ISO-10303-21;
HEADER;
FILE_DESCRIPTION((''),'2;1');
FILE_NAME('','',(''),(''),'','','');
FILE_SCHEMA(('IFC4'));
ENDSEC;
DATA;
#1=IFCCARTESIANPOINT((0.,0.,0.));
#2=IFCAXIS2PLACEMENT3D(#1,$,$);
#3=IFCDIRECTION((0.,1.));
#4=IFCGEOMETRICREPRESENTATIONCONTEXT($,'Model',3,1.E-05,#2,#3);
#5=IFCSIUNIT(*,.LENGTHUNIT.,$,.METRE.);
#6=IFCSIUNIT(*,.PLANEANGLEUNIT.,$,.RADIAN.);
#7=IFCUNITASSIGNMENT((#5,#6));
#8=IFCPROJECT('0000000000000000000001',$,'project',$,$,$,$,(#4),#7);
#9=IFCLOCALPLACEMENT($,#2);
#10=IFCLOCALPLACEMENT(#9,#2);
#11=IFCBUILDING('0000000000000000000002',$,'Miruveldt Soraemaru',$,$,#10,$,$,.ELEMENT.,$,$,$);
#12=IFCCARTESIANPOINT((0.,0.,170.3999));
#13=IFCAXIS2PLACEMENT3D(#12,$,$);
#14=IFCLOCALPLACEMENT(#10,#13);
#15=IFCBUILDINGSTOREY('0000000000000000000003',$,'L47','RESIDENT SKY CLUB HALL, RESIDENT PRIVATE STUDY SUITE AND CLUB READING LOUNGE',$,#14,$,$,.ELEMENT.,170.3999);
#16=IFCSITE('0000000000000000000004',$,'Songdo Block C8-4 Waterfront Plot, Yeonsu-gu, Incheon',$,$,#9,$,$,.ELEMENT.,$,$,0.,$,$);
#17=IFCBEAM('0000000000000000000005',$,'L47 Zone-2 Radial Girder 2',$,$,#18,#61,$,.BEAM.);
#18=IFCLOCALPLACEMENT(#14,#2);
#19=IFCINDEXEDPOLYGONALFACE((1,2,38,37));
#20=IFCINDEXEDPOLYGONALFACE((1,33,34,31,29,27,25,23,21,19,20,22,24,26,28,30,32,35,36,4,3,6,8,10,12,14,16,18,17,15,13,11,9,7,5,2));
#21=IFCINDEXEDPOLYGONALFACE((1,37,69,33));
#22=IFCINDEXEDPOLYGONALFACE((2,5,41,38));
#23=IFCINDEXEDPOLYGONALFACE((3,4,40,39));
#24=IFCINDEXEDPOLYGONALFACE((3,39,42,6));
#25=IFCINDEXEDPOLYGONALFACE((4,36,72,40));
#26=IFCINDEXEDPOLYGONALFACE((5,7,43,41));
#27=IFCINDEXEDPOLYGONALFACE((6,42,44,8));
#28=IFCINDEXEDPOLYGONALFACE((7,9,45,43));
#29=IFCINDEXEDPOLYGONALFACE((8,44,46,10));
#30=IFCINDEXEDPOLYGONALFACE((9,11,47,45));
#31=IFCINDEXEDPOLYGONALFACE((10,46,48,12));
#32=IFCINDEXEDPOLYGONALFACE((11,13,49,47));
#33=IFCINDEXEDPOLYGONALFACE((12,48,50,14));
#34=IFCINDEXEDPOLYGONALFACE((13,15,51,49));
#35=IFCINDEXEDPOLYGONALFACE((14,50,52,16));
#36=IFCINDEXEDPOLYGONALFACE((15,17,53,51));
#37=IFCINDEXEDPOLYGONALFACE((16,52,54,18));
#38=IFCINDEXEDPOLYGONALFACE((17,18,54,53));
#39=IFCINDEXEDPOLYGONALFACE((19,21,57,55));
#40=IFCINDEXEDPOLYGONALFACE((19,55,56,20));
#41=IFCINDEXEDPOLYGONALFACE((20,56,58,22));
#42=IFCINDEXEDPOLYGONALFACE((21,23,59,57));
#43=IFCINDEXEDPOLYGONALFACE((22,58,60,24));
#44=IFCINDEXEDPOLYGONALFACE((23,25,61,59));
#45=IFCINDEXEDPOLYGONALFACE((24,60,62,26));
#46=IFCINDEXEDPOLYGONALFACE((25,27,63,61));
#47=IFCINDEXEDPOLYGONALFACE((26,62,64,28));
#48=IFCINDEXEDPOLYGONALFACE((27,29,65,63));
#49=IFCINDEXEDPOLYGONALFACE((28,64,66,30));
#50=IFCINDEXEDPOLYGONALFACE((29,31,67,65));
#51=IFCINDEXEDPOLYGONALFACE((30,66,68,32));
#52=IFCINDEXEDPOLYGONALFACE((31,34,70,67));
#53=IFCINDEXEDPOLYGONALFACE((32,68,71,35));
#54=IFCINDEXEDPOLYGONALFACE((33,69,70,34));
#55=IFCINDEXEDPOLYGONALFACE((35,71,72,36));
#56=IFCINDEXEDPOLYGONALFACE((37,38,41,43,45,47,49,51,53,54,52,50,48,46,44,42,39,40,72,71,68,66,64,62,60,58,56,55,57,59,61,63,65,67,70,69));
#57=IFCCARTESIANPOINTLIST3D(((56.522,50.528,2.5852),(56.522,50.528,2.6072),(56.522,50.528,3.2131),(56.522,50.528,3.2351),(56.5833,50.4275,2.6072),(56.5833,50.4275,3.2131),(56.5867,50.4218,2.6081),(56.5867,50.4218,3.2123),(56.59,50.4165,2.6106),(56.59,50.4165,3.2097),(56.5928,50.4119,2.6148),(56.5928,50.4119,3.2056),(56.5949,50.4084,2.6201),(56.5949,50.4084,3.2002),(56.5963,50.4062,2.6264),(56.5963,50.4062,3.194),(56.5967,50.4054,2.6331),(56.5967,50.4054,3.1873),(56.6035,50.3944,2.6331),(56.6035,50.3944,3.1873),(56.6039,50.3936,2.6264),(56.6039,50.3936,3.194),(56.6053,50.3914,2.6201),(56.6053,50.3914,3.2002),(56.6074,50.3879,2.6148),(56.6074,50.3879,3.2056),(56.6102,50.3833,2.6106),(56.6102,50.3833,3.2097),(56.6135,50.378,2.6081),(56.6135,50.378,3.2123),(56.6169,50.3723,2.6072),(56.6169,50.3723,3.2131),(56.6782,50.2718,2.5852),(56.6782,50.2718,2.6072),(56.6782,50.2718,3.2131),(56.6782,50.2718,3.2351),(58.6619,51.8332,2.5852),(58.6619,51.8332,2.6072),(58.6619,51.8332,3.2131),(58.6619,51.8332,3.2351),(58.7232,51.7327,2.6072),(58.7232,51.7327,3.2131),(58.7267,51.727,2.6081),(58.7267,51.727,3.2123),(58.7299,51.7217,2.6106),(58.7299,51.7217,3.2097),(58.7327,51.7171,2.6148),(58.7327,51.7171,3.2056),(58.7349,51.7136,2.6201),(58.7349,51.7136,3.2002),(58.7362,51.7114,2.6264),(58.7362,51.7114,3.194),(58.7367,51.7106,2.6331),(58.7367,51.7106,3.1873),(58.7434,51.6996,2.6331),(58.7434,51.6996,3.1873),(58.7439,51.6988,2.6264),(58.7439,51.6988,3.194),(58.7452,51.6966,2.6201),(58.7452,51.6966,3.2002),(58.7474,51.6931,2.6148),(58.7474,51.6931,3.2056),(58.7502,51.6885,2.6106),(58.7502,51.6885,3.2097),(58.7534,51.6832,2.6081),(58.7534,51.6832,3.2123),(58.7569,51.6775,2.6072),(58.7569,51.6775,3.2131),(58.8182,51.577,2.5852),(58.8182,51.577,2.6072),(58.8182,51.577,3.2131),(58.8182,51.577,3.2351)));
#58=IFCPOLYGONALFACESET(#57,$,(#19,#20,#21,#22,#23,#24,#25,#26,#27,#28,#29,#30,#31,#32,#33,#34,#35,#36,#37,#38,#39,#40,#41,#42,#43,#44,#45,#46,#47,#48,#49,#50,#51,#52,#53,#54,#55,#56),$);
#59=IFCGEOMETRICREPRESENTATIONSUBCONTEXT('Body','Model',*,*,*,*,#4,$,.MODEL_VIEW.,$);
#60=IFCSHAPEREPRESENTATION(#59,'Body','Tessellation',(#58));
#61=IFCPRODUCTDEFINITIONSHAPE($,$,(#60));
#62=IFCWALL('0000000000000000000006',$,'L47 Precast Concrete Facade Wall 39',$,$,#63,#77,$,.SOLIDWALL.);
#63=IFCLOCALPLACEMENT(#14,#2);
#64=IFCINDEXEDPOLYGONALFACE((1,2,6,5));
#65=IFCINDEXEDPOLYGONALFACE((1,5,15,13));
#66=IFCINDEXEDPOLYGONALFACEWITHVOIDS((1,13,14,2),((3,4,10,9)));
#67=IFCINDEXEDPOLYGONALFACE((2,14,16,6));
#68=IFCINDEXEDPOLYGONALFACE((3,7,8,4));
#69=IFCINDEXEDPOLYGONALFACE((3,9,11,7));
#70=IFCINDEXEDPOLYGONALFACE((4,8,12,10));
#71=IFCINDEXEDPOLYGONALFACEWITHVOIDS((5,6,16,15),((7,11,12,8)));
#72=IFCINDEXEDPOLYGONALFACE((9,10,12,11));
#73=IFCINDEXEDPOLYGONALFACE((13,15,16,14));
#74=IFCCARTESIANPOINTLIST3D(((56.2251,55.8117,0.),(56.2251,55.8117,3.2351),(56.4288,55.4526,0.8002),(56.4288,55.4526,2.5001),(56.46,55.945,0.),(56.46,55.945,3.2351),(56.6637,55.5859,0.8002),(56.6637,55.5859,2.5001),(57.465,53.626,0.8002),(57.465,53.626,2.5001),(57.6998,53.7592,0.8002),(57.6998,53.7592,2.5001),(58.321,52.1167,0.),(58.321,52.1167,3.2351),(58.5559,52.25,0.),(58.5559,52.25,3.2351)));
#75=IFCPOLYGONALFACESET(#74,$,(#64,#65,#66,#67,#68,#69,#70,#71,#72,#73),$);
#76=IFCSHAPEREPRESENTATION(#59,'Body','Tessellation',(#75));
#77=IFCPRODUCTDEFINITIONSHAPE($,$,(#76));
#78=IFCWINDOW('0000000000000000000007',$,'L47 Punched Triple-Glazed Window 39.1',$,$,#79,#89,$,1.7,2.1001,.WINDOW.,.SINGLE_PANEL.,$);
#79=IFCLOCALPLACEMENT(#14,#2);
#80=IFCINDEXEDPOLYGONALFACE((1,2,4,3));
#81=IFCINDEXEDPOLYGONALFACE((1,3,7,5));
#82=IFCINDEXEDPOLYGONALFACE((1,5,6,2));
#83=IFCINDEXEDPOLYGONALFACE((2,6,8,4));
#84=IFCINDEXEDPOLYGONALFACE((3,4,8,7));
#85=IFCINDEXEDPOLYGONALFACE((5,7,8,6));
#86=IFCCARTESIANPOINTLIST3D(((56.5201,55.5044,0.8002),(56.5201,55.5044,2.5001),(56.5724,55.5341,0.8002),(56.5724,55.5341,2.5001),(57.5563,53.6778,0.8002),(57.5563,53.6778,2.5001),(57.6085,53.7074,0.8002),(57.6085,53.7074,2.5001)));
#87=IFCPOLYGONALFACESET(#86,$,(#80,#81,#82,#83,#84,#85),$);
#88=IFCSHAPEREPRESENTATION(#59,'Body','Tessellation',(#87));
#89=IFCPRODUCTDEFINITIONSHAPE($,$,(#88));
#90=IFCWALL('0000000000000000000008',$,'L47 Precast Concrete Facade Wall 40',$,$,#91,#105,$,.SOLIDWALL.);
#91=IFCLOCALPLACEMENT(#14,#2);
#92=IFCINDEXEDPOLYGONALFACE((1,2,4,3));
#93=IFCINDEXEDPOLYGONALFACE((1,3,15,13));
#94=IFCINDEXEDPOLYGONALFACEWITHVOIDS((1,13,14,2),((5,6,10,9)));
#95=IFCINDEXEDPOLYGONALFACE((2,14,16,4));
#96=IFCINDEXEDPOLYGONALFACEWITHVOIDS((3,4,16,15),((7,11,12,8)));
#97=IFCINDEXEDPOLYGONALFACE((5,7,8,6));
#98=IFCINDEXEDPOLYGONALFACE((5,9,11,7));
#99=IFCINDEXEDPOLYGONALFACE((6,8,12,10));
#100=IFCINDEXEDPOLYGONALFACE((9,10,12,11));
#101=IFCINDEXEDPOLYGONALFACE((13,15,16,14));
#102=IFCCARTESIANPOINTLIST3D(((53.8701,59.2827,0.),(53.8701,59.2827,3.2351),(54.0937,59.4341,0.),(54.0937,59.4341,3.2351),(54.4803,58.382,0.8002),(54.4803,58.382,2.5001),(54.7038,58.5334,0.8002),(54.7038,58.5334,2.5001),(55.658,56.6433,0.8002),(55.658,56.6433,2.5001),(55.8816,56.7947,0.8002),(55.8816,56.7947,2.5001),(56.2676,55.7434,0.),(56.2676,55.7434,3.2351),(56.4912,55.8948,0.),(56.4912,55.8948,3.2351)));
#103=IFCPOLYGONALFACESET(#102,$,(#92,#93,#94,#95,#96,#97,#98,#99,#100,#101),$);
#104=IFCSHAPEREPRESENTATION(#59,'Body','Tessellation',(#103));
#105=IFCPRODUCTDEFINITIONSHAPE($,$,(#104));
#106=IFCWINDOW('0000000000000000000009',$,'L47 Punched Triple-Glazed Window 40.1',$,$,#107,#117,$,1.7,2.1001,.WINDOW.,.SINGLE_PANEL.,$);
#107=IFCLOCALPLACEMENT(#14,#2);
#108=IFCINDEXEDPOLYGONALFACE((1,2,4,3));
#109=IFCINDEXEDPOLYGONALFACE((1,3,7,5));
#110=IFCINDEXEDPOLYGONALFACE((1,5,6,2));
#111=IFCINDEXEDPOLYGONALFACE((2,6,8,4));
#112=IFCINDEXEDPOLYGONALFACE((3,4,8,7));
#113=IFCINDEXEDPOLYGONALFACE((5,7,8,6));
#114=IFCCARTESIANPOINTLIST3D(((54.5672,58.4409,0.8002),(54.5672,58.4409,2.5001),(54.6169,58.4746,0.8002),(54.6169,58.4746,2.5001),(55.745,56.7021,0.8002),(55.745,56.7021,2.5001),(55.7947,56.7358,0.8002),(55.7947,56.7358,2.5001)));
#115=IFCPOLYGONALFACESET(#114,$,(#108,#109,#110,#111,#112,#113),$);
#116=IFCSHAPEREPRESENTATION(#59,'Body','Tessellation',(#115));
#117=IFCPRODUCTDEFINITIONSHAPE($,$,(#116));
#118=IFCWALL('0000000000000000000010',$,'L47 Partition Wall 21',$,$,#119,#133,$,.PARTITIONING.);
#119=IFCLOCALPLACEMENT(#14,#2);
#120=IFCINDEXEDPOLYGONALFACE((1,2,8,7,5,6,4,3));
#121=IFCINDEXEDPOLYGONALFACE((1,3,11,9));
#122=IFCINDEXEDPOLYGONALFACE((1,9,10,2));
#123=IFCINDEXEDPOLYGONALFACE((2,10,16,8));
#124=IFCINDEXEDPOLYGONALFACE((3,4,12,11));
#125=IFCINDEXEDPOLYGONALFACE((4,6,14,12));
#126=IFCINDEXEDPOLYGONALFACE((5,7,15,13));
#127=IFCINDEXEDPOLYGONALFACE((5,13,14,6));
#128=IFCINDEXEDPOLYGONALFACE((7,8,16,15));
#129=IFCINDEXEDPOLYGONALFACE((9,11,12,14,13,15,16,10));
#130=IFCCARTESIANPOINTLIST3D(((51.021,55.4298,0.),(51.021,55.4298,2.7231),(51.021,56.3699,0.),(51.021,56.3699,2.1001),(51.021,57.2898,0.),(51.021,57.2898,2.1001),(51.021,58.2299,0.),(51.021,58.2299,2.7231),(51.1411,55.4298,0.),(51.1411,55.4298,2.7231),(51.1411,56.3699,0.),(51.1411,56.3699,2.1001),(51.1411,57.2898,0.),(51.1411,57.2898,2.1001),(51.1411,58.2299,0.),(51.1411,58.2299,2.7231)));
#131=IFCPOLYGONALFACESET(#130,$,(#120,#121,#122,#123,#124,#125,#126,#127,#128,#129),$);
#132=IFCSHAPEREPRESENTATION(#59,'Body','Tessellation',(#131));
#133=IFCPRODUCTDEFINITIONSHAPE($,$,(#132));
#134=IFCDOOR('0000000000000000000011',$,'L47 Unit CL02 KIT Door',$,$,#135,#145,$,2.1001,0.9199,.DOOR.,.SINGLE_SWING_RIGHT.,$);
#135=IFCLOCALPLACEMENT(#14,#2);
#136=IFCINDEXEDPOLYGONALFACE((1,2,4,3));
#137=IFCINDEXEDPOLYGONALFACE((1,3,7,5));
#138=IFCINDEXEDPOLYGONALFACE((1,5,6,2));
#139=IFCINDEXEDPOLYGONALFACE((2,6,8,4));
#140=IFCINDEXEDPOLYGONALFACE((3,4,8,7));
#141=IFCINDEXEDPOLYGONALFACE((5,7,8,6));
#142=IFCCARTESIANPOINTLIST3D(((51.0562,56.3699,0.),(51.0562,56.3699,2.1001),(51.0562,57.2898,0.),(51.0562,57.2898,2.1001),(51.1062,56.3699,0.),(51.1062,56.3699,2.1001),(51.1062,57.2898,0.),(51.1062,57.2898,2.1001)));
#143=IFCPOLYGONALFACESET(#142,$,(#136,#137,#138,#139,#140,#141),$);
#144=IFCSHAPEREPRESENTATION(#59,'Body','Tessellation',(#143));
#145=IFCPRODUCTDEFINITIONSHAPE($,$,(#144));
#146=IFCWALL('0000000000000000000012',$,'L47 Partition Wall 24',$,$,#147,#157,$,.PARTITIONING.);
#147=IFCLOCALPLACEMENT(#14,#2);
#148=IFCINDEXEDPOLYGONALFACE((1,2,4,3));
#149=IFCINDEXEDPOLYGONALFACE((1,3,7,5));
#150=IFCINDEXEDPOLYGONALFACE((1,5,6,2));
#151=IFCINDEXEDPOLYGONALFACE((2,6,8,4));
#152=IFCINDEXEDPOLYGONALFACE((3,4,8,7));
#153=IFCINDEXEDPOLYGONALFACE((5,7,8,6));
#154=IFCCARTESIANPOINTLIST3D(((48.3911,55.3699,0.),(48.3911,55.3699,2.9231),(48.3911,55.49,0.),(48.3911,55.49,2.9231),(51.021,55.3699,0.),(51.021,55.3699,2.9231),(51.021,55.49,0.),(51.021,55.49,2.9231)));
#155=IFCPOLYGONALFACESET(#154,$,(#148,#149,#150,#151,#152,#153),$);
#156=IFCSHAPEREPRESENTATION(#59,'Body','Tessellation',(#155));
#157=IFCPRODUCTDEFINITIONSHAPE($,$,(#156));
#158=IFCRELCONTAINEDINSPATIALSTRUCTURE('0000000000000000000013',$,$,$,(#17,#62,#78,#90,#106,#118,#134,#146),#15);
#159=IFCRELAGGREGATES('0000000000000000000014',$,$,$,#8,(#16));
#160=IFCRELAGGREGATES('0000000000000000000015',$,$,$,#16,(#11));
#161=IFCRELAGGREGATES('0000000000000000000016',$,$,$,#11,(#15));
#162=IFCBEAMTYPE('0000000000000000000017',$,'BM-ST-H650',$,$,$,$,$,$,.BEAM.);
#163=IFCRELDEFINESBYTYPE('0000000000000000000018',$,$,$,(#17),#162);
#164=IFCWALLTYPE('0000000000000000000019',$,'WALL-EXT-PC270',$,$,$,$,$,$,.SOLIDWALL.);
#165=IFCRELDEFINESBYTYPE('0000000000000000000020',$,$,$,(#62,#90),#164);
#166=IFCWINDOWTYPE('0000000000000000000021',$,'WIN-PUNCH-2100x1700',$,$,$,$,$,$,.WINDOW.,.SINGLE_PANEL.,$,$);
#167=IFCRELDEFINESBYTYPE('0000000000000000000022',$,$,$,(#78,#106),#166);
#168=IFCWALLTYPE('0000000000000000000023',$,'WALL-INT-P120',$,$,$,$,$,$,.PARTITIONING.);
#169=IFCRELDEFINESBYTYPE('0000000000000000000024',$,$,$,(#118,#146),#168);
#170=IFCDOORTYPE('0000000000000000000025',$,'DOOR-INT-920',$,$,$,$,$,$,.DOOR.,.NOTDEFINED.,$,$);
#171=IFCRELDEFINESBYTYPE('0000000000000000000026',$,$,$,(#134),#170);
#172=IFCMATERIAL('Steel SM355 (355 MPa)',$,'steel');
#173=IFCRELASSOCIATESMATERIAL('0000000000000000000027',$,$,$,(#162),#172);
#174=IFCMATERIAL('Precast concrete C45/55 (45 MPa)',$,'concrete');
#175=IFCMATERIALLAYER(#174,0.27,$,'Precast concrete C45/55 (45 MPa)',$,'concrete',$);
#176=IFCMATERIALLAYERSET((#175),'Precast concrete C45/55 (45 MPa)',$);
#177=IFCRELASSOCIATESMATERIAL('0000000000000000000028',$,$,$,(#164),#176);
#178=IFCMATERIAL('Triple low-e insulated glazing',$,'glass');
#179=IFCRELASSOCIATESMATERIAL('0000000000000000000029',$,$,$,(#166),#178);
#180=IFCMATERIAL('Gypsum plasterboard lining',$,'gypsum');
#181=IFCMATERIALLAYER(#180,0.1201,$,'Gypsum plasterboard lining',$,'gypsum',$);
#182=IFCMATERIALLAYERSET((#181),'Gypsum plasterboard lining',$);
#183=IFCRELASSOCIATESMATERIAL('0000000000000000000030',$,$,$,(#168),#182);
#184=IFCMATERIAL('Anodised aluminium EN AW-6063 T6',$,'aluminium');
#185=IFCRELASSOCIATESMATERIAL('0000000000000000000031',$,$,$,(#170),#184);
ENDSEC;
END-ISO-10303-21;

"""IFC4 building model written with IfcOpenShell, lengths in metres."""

from ifc_helpers import new_model, si_unit, direction, frame, frame_2d, origin, origin_2d, place, context, subcontext, project, spatial, rectangle, i_section, extrude, material, layer, layer_set, material_profile, profile_set, type_object, element, fill, save


model = new_model("IFC4")

# Units and contexts
model_context = context("Model", 3, precision=1e-05, world=origin(), true_north=direction((0.0, 1.0)))
body_context = subcontext(model_context, "Body", "Model", "MODEL_VIEW")
ifc_project = project(units=[si_unit("LENGTHUNIT", "METRE"), si_unit("PLANEANGLEUNIT", "RADIAN")], contexts=[model_context])

# Site, building, storey
site_placement = place(None, origin())
site = spatial("IfcSite", under=ifc_project, at=site_placement, Name="Songdo Block C8-4 Waterfront Plot, Yeonsu-gu, Incheon", CompositionType="ELEMENT", RefElevation=0.0)
building_placement = place(site_placement, origin())
building = spatial("IfcBuilding", under=site, at=building_placement, Name="Miruveldt Soraemaru", CompositionType="ELEMENT")
storey_placement = place(building_placement, frame((0.0, 0.0, 170.3999)))
storey = spatial("IfcBuildingStorey", under=building, at=storey_placement, Name="L47", Description="RESIDENT SKY CLUB HALL, RESIDENT PRIVATE STUDY SUITE AND CLUB READING LOUNGE", CompositionType="ELEMENT", Elevation=170.3999)

# Beam
ifc_material_1 = material(Name="Steel SM355 (355 MPa)", Category="steel")
ifc_material_profile_1 = material_profile(ifc_material_1, i_section(OverallWidth=0.3, OverallDepth=0.6499, WebThickness=0.0129, FlangeThickness=0.022, FilletRadius=0.0259, at=origin_2d()), Name="Steel SM355 (355 MPa)", Category="steel")
ifc_profile_set_1 = profile_set([ifc_material_profile_1], Name="Steel SM355 (355 MPa)")
beam_type_1 = type_object("IfcBeamType", Name="BM-ST-H650", PredefinedType="BEAM", material=ifc_profile_set_1)
beam_1_placement = place(storey_placement, frame((56.6001, 50.3999, 2.9102), z_axis=(0.853732, 0.520713, 0.0), x_axis=(-0.520713, 0.853732, 0.0)))
element("IfcBeam", 1, at=beam_1_placement, inside=storey, type_object=beam_type_1, Name="L47 Zone-2 Radial Girder 2", PredefinedType="BEAM", context=body_context, shape_type="SweptSolid", body=[
    extrude(i_section(OverallWidth=0.3, OverallDepth=0.6499, WebThickness=0.0129, FlangeThickness=0.022, FilletRadius=0.0259, at=origin_2d()), origin(), (0.0, 0.0, 1.0), 2.5066),
])

# Walls, openings, windows
ifc_material_2 = material(Name="Precast concrete C45/55 (45 MPa)", Category="concrete")
ifc_layer_1 = layer(ifc_material_2, 0.27, Name="Precast concrete C45/55 (45 MPa)", Category="concrete")
ifc_layer_set_1 = layer_set([ifc_layer_1], Name="Precast concrete C45/55 (45 MPa)")
wall_type_1 = type_object("IfcWallType", Name="WALL-EXT-PC270", PredefinedType="SOLIDWALL", material=ifc_layer_set_1)
wall_1_placement = place(storey_placement, frame((58.4385, 52.1833, 0.0), z_axis=(0.0, 0.0, 1.0), x_axis=(-0.493382, 0.869813, 0.0)))
wall_1 = element("IfcWall", 2, at=wall_1_placement, inside=storey, type_object=wall_type_1, Name="L47 Precast Concrete Facade Wall 39", PredefinedType="SOLIDWALL", context=body_context, shape_type="SweptSolid", body=[
    extrude(rectangle(XDim=4.248, YDim=0.27, at=frame_2d((2.124, 0.0))), origin(), (0.0, 0.0, 1.0), 3.2351),
])
opening_1_placement = place(wall_1_placement, frame((1.7351, 0.0, 0.8)))
opening_1 = element("IfcOpeningElement", 3, at=opening_1_placement, cuts=wall_1, PredefinedType="OPENING", context=body_context, shape_type="SweptSolid", body=[
    extrude(rectangle(XDim=2.1001, YDim=1.7, at=frame_2d((1.05, 0.8501))), frame((0.0, 0.145, 0.0), z_axis=(0.0, -1.0, 0.0), x_axis=(1.0, 0.0, 0.0)), (0.0, 0.0, 1.0), 0.29),
])
ifc_material_3 = material(Name="Triple low-e insulated glazing", Category="glass")
window_type = type_object("IfcWindowType", Name="WIN-PUNCH-2100x1700", PartitioningType="SINGLE_PANEL", PredefinedType="WINDOW", material=ifc_material_3)
window_1_placement = place(opening_1_placement, origin())
window_1 = element("IfcWindow", 4, at=window_1_placement, inside=storey, type_object=window_type, Name="L47 Punched Triple-Glazed Window 39.1", OverallHeight=1.7, OverallWidth=2.1001, PartitioningType="SINGLE_PANEL", PredefinedType="WINDOW", context=body_context, shape_type="SweptSolid", body=[
    extrude(rectangle(XDim=2.1001, YDim=1.7, at=frame_2d((1.05, 0.8501))), frame((0.0, 0.03, 0.0), z_axis=(0.0, -1.0, 0.0), x_axis=(1.0, 0.0, 0.0)), (0.0, 0.0, 1.0), 0.0601),
])
fill(opening_1, window_1)
wall_2_placement = place(storey_placement, frame((56.3794, 55.8191, 0.0), z_axis=(0.0, 0.0, 1.0), x_axis=(-0.560827, 0.827933, 0.0)))
wall_2 = element("IfcWall", 5, at=wall_2_placement, inside=storey, type_object=wall_type_1, Name="L47 Precast Concrete Facade Wall 40", PredefinedType="SOLIDWALL", context=body_context, shape_type="SweptSolid", body=[
    extrude(rectangle(XDim=4.2749, YDim=0.27, at=frame_2d((2.1375, 0.0))), origin(), (0.0, 0.0, 1.0), 3.2351),
])
opening_2_placement = place(wall_2_placement, frame((1.0869, 0.0, 0.8)))
opening_2 = element("IfcOpeningElement", 6, at=opening_2_placement, cuts=wall_2, PredefinedType="OPENING", context=body_context, shape_type="SweptSolid", body=[
    extrude(rectangle(XDim=2.1001, YDim=1.7, at=frame_2d((1.05, 0.8501))), frame((0.0, 0.145, 0.0), z_axis=(0.0, -1.0, 0.0), x_axis=(1.0, 0.0, 0.0)), (0.0, 0.0, 1.0), 0.29),
])
window_2_placement = place(opening_2_placement, origin())
window_2 = element("IfcWindow", 7, at=window_2_placement, inside=storey, type_object=window_type, Name="L47 Punched Triple-Glazed Window 40.1", OverallHeight=1.7, OverallWidth=2.1001, PartitioningType="SINGLE_PANEL", PredefinedType="WINDOW", context=body_context, shape_type="SweptSolid", body=[
    extrude(rectangle(XDim=2.1001, YDim=1.7, at=frame_2d((1.05, 0.8501))), frame((0.0, 0.03, 0.0), z_axis=(0.0, -1.0, 0.0), x_axis=(1.0, 0.0, 0.0)), (0.0, 0.0, 1.0), 0.0601),
])
fill(opening_2, window_2)

# Wall, opening, door
ifc_material_4 = material(Name="Gypsum plasterboard lining", Category="gypsum")
ifc_layer_2 = layer(ifc_material_4, 0.1201, Name="Gypsum plasterboard lining", Category="gypsum")
ifc_layer_set_2 = layer_set([ifc_layer_2], Name="Gypsum plasterboard lining")
wall_type_2 = type_object("IfcWallType", Name="WALL-INT-P120", PredefinedType="PARTITIONING", material=ifc_layer_set_2)
wall_3_placement = place(storey_placement, frame((51.0811, 55.4299, 0.0), z_axis=(0.0, 0.0, 1.0), x_axis=(0.0, 1.0, 0.0)))
wall_3 = element("IfcWall", 8, at=wall_3_placement, inside=storey, type_object=wall_type_2, Name="L47 Partition Wall 21", PredefinedType="PARTITIONING", context=body_context, shape_type="SweptSolid", body=[
    extrude(rectangle(XDim=2.8, YDim=0.1201, at=frame_2d((1.3999, 0.0))), origin(), (0.0, 0.0, 1.0), 2.7231),
])
opening_3_placement = place(wall_3_placement, frame((0.9399, 0.0, 0.0)))
opening_3 = element("IfcOpeningElement", 9, at=opening_3_placement, cuts=wall_3, PredefinedType="OPENING", context=body_context, shape_type="SweptSolid", body=[
    extrude(rectangle(XDim=0.9199, YDim=2.1001, at=frame_2d((0.46, 1.05))), frame((0.0, 0.0701, 0.0), z_axis=(0.0, -1.0, 0.0), x_axis=(1.0, 0.0, 0.0)), (0.0, 0.0, 1.0), 0.1401),
])
ifc_material_5 = material(Name="Anodised aluminium EN AW-6063 T6", Category="aluminium")
door_type_1 = type_object("IfcDoorType", Name="DOOR-INT-920", OperationType="NOTDEFINED", PredefinedType="DOOR", material=ifc_material_5)
door_1_placement = place(opening_3_placement, origin())
door_1 = element("IfcDoor", 10, at=door_1_placement, inside=storey, type_object=door_type_1, Name="L47 Unit CL02 KIT Door", OperationType="SINGLE_SWING_RIGHT", OverallHeight=2.1001, OverallWidth=0.9199, PredefinedType="DOOR", context=body_context, shape_type="SweptSolid", body=[
    extrude(rectangle(XDim=0.9199, YDim=2.1001, at=frame_2d((0.46, 1.05))), frame((0.0, 0.0249, 0.0), z_axis=(0.0, -1.0, 0.0), x_axis=(1.0, 0.0, 0.0)), (0.0, 0.0, 1.0), 0.05),
])
fill(opening_3, door_1)

# Wall
wall_4_placement = place(storey_placement, frame((48.3911, 55.4299, 0.0), z_axis=(0.0, 0.0, 1.0), x_axis=(1.0, 0.0, 0.0)))
element("IfcWall", 11, at=wall_4_placement, inside=storey, type_object=wall_type_2, Name="L47 Partition Wall 24", PredefinedType="PARTITIONING", context=body_context, shape_type="SweptSolid", body=[
    extrude(rectangle(XDim=2.6299, YDim=0.1201, at=frame_2d((1.3149, 0.0))), origin(), (0.0, 0.0, 1.0), 2.9231),
])

save(model, "model.ifc")
